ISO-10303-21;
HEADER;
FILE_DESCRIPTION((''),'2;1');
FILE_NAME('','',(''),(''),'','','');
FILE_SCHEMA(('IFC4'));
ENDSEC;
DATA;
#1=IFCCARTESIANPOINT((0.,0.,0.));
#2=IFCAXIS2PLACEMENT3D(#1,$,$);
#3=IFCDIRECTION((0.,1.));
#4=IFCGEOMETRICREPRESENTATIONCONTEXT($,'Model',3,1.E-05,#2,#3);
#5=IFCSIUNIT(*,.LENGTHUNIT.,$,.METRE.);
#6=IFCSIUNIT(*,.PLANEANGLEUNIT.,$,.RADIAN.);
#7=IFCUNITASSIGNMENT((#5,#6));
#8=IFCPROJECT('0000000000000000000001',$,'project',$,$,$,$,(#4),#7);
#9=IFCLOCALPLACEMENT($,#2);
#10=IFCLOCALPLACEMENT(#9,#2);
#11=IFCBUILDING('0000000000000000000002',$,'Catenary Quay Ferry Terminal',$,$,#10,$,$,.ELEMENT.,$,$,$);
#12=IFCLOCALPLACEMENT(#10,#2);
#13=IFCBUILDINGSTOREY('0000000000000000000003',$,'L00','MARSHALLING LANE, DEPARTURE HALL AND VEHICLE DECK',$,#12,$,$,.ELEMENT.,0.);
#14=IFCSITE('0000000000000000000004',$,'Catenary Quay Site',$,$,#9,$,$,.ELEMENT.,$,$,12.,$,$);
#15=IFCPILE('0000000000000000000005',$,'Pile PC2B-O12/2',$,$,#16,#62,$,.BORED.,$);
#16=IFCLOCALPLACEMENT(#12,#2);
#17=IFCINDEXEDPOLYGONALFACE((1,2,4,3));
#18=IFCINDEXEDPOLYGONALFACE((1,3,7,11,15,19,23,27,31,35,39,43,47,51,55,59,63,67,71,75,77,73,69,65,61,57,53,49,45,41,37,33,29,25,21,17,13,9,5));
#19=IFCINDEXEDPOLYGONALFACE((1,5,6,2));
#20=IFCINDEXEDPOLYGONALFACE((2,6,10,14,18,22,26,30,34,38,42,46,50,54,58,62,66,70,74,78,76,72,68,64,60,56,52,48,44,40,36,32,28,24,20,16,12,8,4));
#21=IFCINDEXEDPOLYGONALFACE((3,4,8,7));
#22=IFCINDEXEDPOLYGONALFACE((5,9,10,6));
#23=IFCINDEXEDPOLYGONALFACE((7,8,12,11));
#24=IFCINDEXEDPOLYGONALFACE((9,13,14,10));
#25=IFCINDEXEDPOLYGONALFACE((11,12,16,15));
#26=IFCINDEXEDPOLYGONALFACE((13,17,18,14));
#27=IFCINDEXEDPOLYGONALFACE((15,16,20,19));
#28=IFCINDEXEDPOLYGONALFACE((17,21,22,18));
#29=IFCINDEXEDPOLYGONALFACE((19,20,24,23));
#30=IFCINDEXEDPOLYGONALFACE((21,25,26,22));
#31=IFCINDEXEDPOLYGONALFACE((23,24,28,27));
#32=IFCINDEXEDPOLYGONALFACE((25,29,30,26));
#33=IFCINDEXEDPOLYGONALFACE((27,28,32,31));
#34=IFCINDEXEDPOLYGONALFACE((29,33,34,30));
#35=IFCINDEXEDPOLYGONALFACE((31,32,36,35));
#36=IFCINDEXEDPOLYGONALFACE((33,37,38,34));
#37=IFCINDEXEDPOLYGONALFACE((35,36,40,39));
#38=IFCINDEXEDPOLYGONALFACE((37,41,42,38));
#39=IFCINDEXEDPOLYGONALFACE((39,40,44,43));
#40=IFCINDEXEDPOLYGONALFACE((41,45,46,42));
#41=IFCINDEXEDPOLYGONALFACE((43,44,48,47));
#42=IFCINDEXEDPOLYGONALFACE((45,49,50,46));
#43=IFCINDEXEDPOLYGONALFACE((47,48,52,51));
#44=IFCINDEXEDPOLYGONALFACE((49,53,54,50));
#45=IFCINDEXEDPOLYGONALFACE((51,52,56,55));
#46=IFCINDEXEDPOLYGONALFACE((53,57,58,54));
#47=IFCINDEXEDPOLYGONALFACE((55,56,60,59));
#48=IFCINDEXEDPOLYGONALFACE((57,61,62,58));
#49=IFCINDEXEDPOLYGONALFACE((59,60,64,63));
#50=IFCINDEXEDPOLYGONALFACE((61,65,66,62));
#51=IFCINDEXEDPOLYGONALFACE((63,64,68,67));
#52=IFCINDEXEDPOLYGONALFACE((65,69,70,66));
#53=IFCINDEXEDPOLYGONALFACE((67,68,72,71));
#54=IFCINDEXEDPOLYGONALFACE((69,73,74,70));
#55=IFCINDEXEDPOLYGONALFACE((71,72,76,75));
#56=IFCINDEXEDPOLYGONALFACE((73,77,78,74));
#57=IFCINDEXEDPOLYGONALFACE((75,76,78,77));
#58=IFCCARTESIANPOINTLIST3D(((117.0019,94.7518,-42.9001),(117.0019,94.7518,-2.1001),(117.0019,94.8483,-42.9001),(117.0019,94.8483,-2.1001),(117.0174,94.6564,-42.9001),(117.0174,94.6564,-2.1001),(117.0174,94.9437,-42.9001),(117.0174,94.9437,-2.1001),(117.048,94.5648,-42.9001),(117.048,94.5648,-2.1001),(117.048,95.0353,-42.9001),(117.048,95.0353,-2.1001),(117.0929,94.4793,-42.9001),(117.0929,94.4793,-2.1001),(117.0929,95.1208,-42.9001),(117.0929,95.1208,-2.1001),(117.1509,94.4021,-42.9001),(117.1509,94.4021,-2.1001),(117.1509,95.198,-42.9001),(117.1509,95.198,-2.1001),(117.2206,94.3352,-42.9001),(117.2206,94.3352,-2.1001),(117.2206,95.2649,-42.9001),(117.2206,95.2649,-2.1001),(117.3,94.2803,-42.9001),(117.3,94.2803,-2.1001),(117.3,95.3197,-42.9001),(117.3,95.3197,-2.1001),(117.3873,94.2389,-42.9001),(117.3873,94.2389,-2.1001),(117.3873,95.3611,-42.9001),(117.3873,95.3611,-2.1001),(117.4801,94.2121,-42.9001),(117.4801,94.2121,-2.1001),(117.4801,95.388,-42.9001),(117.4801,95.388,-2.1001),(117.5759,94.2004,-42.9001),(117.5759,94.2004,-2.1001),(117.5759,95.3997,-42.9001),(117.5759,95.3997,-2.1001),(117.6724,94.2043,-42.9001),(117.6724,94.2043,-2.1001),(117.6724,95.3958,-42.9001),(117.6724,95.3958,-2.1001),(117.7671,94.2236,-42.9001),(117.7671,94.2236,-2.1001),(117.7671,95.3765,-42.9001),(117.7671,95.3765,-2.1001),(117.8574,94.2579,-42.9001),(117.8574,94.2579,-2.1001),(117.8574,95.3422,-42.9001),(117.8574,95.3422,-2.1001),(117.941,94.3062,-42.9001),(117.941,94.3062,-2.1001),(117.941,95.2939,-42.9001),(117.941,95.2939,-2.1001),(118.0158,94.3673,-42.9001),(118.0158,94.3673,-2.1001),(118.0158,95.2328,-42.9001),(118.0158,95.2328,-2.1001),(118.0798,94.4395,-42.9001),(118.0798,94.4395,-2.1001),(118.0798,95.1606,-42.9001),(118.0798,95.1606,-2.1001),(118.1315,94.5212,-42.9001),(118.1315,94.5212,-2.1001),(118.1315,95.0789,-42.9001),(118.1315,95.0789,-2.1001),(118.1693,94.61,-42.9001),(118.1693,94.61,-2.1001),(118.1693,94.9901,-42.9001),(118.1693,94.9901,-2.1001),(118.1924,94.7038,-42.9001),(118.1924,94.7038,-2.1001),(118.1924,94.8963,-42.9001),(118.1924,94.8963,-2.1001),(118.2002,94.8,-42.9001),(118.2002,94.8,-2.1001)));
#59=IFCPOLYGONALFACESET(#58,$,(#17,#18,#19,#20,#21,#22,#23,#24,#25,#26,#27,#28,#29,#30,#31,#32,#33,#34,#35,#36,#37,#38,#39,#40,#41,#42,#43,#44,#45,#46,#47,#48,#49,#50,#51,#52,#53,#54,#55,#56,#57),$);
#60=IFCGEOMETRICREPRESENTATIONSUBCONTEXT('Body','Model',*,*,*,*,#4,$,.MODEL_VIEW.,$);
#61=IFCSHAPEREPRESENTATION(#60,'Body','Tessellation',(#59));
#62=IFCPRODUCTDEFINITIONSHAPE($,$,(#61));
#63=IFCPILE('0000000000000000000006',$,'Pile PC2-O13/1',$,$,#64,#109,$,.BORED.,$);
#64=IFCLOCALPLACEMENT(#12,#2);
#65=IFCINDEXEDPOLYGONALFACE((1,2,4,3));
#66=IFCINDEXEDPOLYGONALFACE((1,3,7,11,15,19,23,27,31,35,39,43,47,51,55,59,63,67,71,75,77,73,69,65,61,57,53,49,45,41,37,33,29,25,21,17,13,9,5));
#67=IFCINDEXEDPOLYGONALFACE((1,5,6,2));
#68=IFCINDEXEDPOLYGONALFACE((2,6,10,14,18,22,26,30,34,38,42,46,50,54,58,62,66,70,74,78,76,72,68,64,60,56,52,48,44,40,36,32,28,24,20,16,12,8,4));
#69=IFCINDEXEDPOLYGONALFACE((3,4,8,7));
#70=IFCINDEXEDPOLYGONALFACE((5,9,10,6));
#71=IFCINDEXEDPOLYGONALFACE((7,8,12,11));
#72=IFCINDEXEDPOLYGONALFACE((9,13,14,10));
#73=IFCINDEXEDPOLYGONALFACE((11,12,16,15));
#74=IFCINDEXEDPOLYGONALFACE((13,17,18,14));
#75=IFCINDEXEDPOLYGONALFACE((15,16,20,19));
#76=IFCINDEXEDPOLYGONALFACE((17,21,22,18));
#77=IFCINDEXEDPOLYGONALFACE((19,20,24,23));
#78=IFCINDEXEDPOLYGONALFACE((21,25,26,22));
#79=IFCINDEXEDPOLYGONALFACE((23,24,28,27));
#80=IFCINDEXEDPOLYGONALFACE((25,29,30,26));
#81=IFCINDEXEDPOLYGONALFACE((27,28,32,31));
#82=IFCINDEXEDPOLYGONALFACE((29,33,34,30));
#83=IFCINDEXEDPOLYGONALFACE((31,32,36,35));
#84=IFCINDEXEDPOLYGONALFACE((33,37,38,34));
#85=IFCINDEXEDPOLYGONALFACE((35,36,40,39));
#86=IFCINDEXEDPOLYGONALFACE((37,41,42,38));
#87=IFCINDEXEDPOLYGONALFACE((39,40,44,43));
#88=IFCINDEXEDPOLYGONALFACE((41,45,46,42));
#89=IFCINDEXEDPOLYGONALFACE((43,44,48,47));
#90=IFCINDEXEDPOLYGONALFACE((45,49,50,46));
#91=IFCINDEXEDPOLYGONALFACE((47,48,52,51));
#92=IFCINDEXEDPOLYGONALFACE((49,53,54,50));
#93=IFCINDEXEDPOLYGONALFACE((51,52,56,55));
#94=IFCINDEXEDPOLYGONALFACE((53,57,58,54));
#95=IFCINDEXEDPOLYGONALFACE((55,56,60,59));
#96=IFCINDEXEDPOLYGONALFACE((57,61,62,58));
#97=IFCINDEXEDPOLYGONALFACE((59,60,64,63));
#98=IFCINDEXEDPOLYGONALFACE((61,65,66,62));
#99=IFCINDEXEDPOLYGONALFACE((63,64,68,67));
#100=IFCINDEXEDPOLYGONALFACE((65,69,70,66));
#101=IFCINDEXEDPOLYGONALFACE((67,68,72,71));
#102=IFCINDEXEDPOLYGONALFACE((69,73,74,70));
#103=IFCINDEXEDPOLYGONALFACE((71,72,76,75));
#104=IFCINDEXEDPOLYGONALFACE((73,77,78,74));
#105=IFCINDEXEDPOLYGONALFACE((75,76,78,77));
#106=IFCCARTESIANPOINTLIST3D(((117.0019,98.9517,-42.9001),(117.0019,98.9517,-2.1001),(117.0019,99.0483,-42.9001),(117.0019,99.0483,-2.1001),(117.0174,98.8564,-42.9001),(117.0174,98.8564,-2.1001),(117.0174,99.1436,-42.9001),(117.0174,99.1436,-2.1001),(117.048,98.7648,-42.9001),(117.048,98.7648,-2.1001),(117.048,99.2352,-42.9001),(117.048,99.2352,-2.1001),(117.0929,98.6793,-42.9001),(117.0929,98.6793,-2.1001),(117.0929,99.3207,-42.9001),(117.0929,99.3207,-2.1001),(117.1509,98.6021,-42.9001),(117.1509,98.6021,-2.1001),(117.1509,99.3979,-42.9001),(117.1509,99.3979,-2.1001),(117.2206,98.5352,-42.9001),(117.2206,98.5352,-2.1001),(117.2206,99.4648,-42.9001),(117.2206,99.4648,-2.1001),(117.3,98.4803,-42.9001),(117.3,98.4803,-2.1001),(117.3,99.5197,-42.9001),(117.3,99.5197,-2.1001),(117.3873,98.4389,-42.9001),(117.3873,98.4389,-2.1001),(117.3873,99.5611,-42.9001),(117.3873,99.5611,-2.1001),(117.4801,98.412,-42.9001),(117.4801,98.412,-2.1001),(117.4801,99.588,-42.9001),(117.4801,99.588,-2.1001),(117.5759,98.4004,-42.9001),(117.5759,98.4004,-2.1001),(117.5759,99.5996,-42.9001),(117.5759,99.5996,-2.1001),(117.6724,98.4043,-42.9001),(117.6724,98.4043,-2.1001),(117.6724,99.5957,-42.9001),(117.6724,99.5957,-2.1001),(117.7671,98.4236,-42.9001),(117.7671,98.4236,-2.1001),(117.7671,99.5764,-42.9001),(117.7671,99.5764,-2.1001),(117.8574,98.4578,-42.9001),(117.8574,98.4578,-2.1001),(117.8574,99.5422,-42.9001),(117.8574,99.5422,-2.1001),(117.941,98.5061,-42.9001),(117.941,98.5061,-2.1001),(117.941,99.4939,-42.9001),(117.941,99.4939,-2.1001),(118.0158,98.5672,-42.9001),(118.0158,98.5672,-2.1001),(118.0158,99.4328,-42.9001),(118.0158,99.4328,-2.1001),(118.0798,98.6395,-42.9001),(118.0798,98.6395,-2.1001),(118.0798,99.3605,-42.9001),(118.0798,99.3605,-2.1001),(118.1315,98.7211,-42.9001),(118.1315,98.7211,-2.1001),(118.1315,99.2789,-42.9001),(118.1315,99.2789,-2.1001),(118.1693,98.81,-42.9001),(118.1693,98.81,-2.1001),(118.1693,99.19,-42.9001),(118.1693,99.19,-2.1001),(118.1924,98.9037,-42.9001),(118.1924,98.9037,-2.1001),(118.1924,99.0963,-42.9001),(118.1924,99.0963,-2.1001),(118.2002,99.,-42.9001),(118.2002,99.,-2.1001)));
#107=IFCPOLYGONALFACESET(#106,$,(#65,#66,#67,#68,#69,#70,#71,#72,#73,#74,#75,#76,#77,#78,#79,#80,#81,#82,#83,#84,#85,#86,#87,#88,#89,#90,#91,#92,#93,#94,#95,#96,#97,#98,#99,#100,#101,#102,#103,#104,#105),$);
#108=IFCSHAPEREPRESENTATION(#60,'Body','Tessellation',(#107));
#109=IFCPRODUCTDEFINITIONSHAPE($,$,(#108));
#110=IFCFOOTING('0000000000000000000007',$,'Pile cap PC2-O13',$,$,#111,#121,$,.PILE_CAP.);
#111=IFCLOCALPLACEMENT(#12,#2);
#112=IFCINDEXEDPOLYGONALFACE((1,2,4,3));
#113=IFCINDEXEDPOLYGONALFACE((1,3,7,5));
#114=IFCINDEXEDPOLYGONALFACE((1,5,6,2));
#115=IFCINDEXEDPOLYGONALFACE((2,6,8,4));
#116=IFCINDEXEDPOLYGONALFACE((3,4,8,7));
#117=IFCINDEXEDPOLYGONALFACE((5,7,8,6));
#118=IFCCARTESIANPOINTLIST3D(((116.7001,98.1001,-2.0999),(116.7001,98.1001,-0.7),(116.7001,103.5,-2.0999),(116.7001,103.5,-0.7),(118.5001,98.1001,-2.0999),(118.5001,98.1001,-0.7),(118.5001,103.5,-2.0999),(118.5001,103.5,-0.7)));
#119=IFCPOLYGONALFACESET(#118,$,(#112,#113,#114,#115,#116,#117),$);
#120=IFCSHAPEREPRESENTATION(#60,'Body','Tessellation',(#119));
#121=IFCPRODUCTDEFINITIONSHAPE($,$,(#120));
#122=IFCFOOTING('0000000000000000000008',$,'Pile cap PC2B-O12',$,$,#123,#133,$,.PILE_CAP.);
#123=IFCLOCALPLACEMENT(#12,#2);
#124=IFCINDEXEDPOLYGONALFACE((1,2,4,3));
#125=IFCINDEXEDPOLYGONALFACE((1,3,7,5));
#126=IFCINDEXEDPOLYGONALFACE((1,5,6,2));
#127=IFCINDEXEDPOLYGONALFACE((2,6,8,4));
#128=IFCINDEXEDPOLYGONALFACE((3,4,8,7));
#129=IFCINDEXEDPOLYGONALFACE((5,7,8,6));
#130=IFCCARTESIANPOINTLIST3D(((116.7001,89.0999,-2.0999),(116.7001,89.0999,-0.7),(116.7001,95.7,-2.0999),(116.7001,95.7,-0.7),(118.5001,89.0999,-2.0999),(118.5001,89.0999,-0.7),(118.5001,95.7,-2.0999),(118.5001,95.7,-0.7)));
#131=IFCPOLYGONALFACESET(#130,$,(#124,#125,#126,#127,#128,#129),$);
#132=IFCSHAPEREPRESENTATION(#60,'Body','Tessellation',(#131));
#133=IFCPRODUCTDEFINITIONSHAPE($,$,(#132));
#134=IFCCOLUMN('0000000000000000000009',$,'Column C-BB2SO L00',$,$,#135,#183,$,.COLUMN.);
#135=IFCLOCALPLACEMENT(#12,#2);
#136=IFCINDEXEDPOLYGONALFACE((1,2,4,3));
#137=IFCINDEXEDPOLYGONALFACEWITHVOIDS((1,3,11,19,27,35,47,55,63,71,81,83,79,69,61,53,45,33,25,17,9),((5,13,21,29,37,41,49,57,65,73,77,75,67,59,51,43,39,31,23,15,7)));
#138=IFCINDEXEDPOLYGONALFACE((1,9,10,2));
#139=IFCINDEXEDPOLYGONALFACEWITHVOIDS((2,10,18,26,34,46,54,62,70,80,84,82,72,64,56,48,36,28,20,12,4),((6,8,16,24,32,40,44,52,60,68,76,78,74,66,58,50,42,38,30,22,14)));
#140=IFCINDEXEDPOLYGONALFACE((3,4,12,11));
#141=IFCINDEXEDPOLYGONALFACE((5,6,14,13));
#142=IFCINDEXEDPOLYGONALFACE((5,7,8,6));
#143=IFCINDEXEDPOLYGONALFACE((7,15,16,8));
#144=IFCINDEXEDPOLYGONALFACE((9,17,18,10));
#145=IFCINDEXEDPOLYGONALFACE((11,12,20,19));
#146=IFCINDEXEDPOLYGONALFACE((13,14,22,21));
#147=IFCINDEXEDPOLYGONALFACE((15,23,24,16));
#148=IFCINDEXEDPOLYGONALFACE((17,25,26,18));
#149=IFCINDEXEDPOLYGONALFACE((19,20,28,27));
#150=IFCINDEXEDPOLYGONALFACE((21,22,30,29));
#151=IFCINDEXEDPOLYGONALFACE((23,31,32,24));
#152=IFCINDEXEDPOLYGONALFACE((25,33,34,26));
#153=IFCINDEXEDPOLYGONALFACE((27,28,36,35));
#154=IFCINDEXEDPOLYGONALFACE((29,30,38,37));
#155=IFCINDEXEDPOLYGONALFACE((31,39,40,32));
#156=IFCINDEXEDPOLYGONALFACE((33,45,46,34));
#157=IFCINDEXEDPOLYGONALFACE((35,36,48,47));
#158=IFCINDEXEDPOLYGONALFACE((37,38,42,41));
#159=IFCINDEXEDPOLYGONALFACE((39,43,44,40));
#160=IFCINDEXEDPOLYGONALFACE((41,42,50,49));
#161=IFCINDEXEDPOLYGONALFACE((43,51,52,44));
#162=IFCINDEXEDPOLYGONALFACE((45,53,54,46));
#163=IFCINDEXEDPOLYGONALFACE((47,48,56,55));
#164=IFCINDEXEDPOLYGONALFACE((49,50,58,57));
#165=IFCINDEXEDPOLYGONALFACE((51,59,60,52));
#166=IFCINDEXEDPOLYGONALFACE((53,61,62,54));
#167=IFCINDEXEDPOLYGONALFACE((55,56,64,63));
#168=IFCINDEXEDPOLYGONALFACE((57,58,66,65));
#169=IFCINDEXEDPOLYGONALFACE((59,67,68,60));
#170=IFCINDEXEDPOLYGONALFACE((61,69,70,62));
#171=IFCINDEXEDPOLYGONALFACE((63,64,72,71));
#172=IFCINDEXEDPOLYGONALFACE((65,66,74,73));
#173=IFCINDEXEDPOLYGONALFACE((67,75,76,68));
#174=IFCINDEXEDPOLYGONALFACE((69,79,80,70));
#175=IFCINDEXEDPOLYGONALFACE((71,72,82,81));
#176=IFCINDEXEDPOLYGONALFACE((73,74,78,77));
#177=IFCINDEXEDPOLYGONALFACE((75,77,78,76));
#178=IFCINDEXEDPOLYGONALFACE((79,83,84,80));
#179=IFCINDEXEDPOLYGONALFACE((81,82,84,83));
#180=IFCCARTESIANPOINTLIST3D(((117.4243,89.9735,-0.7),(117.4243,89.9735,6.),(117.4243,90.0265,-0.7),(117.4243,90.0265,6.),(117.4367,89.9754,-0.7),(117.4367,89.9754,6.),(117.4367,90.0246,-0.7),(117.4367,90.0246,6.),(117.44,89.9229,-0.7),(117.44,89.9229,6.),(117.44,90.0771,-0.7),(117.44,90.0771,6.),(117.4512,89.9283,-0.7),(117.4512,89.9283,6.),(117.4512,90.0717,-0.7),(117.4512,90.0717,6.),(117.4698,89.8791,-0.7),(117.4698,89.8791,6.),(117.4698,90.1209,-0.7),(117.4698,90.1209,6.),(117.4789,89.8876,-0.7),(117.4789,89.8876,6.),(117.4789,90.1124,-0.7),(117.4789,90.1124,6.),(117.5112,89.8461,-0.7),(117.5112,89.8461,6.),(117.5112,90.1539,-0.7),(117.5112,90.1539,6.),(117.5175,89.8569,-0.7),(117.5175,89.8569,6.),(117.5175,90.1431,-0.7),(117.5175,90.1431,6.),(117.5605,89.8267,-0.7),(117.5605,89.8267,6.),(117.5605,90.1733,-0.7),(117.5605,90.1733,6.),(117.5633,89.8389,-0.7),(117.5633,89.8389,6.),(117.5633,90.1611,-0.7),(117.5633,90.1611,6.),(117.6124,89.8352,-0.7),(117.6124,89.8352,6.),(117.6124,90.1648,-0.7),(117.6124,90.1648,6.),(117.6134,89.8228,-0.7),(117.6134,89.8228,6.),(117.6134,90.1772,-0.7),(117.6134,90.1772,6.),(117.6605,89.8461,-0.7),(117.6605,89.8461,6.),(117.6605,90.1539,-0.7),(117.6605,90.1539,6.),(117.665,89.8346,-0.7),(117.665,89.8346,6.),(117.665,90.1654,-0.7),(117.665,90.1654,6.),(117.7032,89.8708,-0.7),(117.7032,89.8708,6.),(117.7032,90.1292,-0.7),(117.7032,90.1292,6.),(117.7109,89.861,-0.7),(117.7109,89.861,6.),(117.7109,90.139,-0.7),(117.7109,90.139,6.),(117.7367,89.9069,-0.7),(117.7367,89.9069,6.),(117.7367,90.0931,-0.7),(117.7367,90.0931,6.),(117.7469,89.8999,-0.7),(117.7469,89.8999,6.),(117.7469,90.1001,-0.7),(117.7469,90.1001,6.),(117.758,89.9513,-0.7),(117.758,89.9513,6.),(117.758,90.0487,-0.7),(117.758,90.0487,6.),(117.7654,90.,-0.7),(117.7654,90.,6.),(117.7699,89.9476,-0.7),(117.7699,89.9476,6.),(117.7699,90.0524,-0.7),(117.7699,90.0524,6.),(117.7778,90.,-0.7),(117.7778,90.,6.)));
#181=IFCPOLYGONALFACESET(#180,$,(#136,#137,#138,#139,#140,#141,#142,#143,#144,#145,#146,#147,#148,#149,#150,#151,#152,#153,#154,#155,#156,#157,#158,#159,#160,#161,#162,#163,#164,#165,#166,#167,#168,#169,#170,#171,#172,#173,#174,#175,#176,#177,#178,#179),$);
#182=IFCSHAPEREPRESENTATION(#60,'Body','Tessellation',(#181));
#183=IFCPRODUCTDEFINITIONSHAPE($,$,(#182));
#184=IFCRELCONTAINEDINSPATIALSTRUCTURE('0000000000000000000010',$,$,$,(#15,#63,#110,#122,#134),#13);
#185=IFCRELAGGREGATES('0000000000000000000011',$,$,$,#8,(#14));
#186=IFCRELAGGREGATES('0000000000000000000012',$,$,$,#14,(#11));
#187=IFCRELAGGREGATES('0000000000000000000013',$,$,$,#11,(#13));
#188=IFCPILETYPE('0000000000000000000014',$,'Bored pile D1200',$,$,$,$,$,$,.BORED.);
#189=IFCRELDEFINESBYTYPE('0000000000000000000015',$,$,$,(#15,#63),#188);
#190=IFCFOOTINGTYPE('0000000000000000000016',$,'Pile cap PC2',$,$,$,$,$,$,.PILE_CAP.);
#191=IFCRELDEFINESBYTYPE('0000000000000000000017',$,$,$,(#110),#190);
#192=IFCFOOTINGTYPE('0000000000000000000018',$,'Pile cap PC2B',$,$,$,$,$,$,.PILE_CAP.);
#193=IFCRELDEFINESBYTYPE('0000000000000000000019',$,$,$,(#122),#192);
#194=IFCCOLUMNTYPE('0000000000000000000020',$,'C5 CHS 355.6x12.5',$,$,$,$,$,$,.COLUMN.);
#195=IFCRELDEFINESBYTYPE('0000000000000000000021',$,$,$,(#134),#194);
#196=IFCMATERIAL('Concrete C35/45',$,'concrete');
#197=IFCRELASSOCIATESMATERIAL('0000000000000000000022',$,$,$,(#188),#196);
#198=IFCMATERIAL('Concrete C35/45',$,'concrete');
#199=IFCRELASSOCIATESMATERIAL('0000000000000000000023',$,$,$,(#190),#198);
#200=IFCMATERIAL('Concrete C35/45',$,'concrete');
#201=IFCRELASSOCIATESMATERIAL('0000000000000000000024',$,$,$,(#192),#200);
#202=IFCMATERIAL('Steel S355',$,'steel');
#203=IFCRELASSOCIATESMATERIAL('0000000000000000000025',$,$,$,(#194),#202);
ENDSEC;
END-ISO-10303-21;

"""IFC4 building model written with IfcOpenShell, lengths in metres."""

from ifc_helpers import new_model, si_unit, direction, frame, origin, origin_2d, place, context, subcontext, project, spatial, rectangle, circle, hollow_circle, extrude, material, material_profile, profile_set, type_object, element, save


model = new_model("IFC4")

# Units and contexts
model_context = context("Model", 3, precision=1e-05, world=origin(), true_north=direction((0.0, 1.0)))
body_context = subcontext(model_context, "Body", "Model", "MODEL_VIEW")
ifc_project = project(units=[si_unit("LENGTHUNIT", "METRE"), si_unit("PLANEANGLEUNIT", "RADIAN")], contexts=[model_context])

# Site, building, storey
site_placement = place(None, origin())
site = spatial("IfcSite", under=ifc_project, at=site_placement, Name="Catenary Quay Site", CompositionType="ELEMENT", RefElevation=12.0)
building_placement = place(site_placement, origin())
building = spatial("IfcBuilding", under=site, at=building_placement, Name="Catenary Quay Ferry Terminal", CompositionType="ELEMENT")
storey_placement = place(building_placement, origin())
storey = spatial("IfcBuildingStorey", under=building, at=storey_placement, Name="L00", Description="MARSHALLING LANE, DEPARTURE HALL AND VEHICLE DECK", CompositionType="ELEMENT", Elevation=0.0)

# Piles
ifc_material_1 = material(Name="Concrete C35/45", Category="concrete")
ifc_material_profile_1 = material_profile(ifc_material_1, circle(Radius=0.6001, at=origin_2d()), Name="D1200")
ifc_profile_set_1 = profile_set([ifc_material_profile_1], Name="Concrete C35/45")
pile_type = type_object("IfcPileType", Name="Bored pile D1200", PredefinedType="BORED", material=ifc_profile_set_1)
for number, where, z_axis, x_axis, name in (
    (1, (117.6001, 94.8, -2.1001), (0.0, 0.0, -1.0), (1.0, 0.0, 0.0), "Pile PC2B-O12/2"),
    (2, (117.6001, 99.0, -2.1001), (0.0, 0.0, -1.0), (1.0, 0.0, 0.0), "Pile PC2-O13/1"),
):
    element("IfcPile", number, at=place(storey_placement, frame(where, z_axis=z_axis, x_axis=x_axis)), inside=storey, type_object=pile_type, Name=name, PredefinedType="BORED", context=body_context, shape_type="SweptSolid", body=[
        extrude(circle(Radius=0.6001, at=origin_2d()), origin(), (0.0, 0.0, 1.0), 40.8),
    ])

# Footings
ifc_material_2 = material(Name="Concrete C35/45", Category="concrete")
footing_type_1 = type_object("IfcFootingType", Name="Pile cap PC2", PredefinedType="PILE_CAP", material=ifc_material_2)
footing_1_placement = place(storey_placement, frame((117.6001, 100.8, -2.0999), z_axis=(0.0, 0.0, 1.0), x_axis=(1.0, 0.0, 0.0)))
element("IfcFooting", 3, at=footing_1_placement, inside=storey, type_object=footing_type_1, Name="Pile cap PC2-O13", PredefinedType="PILE_CAP", context=body_context, shape_type="SweptSolid", body=[
    extrude(rectangle(XDim=1.8, YDim=5.3999, at=origin_2d()), origin(), (0.0, 0.0, 1.0), 1.3999),
])
ifc_material_3 = material(Name="Concrete C35/45", Category="concrete")
footing_type_2 = type_object("IfcFootingType", Name="Pile cap PC2B", PredefinedType="PILE_CAP", material=ifc_material_3)
footing_2_placement = place(storey_placement, frame((117.6001, 92.3999, -2.0999), z_axis=(0.0, 0.0, 1.0), x_axis=(1.0, 0.0, 0.0)))
element("IfcFooting", 4, at=footing_2_placement, inside=storey, type_object=footing_type_2, Name="Pile cap PC2B-O12", PredefinedType="PILE_CAP", context=body_context, shape_type="SweptSolid", body=[
    extrude(rectangle(XDim=1.8, YDim=6.6001, at=origin_2d()), origin(), (0.0, 0.0, 1.0), 1.3999),
])

# Column
ifc_material_4 = material(Name="Steel S355", Category="steel")
ifc_material_profile_2 = material_profile(ifc_material_4, hollow_circle(Radius=0.1777, WallThickness=0.0125, at=origin_2d()), Name="CHS 355.6x12.5")
ifc_profile_set_2 = profile_set([ifc_material_profile_2], Name="Steel S355")
column_type = type_object("IfcColumnType", Name="C5 CHS 355.6x12.5", PredefinedType="COLUMN", material=ifc_profile_set_2)
for number, where, z_axis, x_axis, name in (
    (5, (117.6001, 90.0, -0.7), (0.0, 0.0, 1.0), (1.0, 0.0, 0.0), "Column C-BB2SO L00"),
):
    element("IfcColumn", number, at=place(storey_placement, frame(where, z_axis=z_axis, x_axis=x_axis)), inside=storey, type_object=column_type, Name=name, PredefinedType="COLUMN", context=body_context, shape_type="SweptSolid", body=[
        extrude(hollow_circle(Radius=0.1777, WallThickness=0.0125, at=origin_2d()), origin(), (0.0, 0.0, 1.0), 6.7),
    ])

save(model, "model.ifc")
